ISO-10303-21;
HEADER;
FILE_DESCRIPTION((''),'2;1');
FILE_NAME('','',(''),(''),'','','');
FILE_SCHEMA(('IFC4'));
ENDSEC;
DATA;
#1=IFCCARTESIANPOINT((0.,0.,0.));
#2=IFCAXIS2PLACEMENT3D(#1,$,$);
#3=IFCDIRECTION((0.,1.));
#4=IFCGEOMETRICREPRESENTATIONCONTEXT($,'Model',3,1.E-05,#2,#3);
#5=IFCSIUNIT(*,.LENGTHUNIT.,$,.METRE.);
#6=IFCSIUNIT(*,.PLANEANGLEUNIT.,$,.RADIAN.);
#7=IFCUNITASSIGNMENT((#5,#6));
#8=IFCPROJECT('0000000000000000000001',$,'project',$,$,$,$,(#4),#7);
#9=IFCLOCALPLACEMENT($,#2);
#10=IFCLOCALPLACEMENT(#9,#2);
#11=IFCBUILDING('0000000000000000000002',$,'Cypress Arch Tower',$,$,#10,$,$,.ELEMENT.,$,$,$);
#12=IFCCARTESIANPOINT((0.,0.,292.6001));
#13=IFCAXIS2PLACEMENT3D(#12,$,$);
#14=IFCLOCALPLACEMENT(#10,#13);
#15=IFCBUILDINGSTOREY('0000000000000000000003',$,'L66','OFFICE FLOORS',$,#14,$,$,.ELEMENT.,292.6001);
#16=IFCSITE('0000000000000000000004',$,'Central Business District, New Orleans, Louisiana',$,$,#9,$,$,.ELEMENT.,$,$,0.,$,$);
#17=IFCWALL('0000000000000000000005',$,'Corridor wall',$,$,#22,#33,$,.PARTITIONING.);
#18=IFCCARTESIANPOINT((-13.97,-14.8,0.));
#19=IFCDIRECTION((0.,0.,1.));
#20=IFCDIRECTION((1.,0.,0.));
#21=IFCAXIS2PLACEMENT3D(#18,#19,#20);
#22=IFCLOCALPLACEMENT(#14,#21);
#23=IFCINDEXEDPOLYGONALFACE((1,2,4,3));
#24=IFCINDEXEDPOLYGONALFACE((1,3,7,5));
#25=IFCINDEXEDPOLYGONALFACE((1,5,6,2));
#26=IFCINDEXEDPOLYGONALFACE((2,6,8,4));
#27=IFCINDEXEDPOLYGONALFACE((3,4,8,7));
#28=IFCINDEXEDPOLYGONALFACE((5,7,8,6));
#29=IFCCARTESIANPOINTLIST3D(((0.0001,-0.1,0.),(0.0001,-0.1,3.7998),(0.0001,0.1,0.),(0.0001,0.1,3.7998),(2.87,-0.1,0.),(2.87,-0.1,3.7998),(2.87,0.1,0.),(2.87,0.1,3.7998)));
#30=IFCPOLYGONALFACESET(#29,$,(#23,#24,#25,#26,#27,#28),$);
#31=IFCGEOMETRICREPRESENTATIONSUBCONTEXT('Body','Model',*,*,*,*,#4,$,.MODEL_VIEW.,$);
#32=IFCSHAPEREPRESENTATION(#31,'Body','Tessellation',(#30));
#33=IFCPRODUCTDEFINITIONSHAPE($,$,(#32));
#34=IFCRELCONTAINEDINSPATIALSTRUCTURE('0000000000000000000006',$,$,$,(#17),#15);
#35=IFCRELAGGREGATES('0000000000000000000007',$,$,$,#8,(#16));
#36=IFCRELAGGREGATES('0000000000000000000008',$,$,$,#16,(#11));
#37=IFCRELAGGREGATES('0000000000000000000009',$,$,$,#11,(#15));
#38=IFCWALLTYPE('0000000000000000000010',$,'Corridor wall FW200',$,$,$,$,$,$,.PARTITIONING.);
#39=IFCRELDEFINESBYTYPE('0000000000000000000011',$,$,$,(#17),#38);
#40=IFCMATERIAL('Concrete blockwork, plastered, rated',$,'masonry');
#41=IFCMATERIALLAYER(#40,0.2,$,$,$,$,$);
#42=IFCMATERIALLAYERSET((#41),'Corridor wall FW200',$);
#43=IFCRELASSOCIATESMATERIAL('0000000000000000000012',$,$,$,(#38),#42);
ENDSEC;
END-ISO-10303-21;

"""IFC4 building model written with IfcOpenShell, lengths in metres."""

from ifc_helpers import new_model, si_unit, direction, frame, frame_2d, origin, place, context, subcontext, project, spatial, rectangle, extrude, material, layer, layer_set, type_object, element, save


model = new_model("IFC4")

# Units and contexts
model_context = context("Model", 3, precision=1e-05, world=origin(), true_north=direction((0.0, 1.0)))
body_context = subcontext(model_context, "Body", "Model", "MODEL_VIEW")
ifc_project = project(units=[si_unit("LENGTHUNIT", "METRE"), si_unit("PLANEANGLEUNIT", "RADIAN")], contexts=[model_context])

# Site, building, storey
site_placement = place(None, origin())
site = spatial("IfcSite", under=ifc_project, at=site_placement, Name="Central Business District, New Orleans, Louisiana", CompositionType="ELEMENT", RefElevation=0.0)
building_placement = place(site_placement, origin())
building = spatial("IfcBuilding", under=site, at=building_placement, Name="Cypress Arch Tower", CompositionType="ELEMENT")
storey_placement = place(building_placement, frame((0.0, 0.0, 292.6001)))
storey = spatial("IfcBuildingStorey", under=building, at=storey_placement, Name="L66", Description="OFFICE FLOORS", CompositionType="ELEMENT", Elevation=292.6001)

# Wall
ifc_material_1 = material(Name="Concrete blockwork, plastered, rated", Category="masonry")
ifc_layer_1 = layer(ifc_material_1, 0.2)
ifc_layer_set_1 = layer_set([ifc_layer_1], Name="Corridor wall FW200")
wall_type_1 = type_object("IfcWallType", Name="Corridor wall FW200", PredefinedType="PARTITIONING", material=ifc_layer_set_1)
wall_1_placement = place(storey_placement, frame((-13.97, -14.8, 0.0), z_axis=(0.0, 0.0, 1.0), x_axis=(1.0, 0.0, 0.0)))
element("IfcWall", 1, at=wall_1_placement, inside=storey, type_object=wall_type_1, Name="Corridor wall", PredefinedType="PARTITIONING", context=body_context, shape_type="SweptSolid", body=[
    extrude(rectangle(XDim=2.8699, YDim=0.2, at=frame_2d((1.4351, 0.0))), origin(), (0.0, 0.0, 1.0), 3.7998),
])

save(model, "model.ifc")
